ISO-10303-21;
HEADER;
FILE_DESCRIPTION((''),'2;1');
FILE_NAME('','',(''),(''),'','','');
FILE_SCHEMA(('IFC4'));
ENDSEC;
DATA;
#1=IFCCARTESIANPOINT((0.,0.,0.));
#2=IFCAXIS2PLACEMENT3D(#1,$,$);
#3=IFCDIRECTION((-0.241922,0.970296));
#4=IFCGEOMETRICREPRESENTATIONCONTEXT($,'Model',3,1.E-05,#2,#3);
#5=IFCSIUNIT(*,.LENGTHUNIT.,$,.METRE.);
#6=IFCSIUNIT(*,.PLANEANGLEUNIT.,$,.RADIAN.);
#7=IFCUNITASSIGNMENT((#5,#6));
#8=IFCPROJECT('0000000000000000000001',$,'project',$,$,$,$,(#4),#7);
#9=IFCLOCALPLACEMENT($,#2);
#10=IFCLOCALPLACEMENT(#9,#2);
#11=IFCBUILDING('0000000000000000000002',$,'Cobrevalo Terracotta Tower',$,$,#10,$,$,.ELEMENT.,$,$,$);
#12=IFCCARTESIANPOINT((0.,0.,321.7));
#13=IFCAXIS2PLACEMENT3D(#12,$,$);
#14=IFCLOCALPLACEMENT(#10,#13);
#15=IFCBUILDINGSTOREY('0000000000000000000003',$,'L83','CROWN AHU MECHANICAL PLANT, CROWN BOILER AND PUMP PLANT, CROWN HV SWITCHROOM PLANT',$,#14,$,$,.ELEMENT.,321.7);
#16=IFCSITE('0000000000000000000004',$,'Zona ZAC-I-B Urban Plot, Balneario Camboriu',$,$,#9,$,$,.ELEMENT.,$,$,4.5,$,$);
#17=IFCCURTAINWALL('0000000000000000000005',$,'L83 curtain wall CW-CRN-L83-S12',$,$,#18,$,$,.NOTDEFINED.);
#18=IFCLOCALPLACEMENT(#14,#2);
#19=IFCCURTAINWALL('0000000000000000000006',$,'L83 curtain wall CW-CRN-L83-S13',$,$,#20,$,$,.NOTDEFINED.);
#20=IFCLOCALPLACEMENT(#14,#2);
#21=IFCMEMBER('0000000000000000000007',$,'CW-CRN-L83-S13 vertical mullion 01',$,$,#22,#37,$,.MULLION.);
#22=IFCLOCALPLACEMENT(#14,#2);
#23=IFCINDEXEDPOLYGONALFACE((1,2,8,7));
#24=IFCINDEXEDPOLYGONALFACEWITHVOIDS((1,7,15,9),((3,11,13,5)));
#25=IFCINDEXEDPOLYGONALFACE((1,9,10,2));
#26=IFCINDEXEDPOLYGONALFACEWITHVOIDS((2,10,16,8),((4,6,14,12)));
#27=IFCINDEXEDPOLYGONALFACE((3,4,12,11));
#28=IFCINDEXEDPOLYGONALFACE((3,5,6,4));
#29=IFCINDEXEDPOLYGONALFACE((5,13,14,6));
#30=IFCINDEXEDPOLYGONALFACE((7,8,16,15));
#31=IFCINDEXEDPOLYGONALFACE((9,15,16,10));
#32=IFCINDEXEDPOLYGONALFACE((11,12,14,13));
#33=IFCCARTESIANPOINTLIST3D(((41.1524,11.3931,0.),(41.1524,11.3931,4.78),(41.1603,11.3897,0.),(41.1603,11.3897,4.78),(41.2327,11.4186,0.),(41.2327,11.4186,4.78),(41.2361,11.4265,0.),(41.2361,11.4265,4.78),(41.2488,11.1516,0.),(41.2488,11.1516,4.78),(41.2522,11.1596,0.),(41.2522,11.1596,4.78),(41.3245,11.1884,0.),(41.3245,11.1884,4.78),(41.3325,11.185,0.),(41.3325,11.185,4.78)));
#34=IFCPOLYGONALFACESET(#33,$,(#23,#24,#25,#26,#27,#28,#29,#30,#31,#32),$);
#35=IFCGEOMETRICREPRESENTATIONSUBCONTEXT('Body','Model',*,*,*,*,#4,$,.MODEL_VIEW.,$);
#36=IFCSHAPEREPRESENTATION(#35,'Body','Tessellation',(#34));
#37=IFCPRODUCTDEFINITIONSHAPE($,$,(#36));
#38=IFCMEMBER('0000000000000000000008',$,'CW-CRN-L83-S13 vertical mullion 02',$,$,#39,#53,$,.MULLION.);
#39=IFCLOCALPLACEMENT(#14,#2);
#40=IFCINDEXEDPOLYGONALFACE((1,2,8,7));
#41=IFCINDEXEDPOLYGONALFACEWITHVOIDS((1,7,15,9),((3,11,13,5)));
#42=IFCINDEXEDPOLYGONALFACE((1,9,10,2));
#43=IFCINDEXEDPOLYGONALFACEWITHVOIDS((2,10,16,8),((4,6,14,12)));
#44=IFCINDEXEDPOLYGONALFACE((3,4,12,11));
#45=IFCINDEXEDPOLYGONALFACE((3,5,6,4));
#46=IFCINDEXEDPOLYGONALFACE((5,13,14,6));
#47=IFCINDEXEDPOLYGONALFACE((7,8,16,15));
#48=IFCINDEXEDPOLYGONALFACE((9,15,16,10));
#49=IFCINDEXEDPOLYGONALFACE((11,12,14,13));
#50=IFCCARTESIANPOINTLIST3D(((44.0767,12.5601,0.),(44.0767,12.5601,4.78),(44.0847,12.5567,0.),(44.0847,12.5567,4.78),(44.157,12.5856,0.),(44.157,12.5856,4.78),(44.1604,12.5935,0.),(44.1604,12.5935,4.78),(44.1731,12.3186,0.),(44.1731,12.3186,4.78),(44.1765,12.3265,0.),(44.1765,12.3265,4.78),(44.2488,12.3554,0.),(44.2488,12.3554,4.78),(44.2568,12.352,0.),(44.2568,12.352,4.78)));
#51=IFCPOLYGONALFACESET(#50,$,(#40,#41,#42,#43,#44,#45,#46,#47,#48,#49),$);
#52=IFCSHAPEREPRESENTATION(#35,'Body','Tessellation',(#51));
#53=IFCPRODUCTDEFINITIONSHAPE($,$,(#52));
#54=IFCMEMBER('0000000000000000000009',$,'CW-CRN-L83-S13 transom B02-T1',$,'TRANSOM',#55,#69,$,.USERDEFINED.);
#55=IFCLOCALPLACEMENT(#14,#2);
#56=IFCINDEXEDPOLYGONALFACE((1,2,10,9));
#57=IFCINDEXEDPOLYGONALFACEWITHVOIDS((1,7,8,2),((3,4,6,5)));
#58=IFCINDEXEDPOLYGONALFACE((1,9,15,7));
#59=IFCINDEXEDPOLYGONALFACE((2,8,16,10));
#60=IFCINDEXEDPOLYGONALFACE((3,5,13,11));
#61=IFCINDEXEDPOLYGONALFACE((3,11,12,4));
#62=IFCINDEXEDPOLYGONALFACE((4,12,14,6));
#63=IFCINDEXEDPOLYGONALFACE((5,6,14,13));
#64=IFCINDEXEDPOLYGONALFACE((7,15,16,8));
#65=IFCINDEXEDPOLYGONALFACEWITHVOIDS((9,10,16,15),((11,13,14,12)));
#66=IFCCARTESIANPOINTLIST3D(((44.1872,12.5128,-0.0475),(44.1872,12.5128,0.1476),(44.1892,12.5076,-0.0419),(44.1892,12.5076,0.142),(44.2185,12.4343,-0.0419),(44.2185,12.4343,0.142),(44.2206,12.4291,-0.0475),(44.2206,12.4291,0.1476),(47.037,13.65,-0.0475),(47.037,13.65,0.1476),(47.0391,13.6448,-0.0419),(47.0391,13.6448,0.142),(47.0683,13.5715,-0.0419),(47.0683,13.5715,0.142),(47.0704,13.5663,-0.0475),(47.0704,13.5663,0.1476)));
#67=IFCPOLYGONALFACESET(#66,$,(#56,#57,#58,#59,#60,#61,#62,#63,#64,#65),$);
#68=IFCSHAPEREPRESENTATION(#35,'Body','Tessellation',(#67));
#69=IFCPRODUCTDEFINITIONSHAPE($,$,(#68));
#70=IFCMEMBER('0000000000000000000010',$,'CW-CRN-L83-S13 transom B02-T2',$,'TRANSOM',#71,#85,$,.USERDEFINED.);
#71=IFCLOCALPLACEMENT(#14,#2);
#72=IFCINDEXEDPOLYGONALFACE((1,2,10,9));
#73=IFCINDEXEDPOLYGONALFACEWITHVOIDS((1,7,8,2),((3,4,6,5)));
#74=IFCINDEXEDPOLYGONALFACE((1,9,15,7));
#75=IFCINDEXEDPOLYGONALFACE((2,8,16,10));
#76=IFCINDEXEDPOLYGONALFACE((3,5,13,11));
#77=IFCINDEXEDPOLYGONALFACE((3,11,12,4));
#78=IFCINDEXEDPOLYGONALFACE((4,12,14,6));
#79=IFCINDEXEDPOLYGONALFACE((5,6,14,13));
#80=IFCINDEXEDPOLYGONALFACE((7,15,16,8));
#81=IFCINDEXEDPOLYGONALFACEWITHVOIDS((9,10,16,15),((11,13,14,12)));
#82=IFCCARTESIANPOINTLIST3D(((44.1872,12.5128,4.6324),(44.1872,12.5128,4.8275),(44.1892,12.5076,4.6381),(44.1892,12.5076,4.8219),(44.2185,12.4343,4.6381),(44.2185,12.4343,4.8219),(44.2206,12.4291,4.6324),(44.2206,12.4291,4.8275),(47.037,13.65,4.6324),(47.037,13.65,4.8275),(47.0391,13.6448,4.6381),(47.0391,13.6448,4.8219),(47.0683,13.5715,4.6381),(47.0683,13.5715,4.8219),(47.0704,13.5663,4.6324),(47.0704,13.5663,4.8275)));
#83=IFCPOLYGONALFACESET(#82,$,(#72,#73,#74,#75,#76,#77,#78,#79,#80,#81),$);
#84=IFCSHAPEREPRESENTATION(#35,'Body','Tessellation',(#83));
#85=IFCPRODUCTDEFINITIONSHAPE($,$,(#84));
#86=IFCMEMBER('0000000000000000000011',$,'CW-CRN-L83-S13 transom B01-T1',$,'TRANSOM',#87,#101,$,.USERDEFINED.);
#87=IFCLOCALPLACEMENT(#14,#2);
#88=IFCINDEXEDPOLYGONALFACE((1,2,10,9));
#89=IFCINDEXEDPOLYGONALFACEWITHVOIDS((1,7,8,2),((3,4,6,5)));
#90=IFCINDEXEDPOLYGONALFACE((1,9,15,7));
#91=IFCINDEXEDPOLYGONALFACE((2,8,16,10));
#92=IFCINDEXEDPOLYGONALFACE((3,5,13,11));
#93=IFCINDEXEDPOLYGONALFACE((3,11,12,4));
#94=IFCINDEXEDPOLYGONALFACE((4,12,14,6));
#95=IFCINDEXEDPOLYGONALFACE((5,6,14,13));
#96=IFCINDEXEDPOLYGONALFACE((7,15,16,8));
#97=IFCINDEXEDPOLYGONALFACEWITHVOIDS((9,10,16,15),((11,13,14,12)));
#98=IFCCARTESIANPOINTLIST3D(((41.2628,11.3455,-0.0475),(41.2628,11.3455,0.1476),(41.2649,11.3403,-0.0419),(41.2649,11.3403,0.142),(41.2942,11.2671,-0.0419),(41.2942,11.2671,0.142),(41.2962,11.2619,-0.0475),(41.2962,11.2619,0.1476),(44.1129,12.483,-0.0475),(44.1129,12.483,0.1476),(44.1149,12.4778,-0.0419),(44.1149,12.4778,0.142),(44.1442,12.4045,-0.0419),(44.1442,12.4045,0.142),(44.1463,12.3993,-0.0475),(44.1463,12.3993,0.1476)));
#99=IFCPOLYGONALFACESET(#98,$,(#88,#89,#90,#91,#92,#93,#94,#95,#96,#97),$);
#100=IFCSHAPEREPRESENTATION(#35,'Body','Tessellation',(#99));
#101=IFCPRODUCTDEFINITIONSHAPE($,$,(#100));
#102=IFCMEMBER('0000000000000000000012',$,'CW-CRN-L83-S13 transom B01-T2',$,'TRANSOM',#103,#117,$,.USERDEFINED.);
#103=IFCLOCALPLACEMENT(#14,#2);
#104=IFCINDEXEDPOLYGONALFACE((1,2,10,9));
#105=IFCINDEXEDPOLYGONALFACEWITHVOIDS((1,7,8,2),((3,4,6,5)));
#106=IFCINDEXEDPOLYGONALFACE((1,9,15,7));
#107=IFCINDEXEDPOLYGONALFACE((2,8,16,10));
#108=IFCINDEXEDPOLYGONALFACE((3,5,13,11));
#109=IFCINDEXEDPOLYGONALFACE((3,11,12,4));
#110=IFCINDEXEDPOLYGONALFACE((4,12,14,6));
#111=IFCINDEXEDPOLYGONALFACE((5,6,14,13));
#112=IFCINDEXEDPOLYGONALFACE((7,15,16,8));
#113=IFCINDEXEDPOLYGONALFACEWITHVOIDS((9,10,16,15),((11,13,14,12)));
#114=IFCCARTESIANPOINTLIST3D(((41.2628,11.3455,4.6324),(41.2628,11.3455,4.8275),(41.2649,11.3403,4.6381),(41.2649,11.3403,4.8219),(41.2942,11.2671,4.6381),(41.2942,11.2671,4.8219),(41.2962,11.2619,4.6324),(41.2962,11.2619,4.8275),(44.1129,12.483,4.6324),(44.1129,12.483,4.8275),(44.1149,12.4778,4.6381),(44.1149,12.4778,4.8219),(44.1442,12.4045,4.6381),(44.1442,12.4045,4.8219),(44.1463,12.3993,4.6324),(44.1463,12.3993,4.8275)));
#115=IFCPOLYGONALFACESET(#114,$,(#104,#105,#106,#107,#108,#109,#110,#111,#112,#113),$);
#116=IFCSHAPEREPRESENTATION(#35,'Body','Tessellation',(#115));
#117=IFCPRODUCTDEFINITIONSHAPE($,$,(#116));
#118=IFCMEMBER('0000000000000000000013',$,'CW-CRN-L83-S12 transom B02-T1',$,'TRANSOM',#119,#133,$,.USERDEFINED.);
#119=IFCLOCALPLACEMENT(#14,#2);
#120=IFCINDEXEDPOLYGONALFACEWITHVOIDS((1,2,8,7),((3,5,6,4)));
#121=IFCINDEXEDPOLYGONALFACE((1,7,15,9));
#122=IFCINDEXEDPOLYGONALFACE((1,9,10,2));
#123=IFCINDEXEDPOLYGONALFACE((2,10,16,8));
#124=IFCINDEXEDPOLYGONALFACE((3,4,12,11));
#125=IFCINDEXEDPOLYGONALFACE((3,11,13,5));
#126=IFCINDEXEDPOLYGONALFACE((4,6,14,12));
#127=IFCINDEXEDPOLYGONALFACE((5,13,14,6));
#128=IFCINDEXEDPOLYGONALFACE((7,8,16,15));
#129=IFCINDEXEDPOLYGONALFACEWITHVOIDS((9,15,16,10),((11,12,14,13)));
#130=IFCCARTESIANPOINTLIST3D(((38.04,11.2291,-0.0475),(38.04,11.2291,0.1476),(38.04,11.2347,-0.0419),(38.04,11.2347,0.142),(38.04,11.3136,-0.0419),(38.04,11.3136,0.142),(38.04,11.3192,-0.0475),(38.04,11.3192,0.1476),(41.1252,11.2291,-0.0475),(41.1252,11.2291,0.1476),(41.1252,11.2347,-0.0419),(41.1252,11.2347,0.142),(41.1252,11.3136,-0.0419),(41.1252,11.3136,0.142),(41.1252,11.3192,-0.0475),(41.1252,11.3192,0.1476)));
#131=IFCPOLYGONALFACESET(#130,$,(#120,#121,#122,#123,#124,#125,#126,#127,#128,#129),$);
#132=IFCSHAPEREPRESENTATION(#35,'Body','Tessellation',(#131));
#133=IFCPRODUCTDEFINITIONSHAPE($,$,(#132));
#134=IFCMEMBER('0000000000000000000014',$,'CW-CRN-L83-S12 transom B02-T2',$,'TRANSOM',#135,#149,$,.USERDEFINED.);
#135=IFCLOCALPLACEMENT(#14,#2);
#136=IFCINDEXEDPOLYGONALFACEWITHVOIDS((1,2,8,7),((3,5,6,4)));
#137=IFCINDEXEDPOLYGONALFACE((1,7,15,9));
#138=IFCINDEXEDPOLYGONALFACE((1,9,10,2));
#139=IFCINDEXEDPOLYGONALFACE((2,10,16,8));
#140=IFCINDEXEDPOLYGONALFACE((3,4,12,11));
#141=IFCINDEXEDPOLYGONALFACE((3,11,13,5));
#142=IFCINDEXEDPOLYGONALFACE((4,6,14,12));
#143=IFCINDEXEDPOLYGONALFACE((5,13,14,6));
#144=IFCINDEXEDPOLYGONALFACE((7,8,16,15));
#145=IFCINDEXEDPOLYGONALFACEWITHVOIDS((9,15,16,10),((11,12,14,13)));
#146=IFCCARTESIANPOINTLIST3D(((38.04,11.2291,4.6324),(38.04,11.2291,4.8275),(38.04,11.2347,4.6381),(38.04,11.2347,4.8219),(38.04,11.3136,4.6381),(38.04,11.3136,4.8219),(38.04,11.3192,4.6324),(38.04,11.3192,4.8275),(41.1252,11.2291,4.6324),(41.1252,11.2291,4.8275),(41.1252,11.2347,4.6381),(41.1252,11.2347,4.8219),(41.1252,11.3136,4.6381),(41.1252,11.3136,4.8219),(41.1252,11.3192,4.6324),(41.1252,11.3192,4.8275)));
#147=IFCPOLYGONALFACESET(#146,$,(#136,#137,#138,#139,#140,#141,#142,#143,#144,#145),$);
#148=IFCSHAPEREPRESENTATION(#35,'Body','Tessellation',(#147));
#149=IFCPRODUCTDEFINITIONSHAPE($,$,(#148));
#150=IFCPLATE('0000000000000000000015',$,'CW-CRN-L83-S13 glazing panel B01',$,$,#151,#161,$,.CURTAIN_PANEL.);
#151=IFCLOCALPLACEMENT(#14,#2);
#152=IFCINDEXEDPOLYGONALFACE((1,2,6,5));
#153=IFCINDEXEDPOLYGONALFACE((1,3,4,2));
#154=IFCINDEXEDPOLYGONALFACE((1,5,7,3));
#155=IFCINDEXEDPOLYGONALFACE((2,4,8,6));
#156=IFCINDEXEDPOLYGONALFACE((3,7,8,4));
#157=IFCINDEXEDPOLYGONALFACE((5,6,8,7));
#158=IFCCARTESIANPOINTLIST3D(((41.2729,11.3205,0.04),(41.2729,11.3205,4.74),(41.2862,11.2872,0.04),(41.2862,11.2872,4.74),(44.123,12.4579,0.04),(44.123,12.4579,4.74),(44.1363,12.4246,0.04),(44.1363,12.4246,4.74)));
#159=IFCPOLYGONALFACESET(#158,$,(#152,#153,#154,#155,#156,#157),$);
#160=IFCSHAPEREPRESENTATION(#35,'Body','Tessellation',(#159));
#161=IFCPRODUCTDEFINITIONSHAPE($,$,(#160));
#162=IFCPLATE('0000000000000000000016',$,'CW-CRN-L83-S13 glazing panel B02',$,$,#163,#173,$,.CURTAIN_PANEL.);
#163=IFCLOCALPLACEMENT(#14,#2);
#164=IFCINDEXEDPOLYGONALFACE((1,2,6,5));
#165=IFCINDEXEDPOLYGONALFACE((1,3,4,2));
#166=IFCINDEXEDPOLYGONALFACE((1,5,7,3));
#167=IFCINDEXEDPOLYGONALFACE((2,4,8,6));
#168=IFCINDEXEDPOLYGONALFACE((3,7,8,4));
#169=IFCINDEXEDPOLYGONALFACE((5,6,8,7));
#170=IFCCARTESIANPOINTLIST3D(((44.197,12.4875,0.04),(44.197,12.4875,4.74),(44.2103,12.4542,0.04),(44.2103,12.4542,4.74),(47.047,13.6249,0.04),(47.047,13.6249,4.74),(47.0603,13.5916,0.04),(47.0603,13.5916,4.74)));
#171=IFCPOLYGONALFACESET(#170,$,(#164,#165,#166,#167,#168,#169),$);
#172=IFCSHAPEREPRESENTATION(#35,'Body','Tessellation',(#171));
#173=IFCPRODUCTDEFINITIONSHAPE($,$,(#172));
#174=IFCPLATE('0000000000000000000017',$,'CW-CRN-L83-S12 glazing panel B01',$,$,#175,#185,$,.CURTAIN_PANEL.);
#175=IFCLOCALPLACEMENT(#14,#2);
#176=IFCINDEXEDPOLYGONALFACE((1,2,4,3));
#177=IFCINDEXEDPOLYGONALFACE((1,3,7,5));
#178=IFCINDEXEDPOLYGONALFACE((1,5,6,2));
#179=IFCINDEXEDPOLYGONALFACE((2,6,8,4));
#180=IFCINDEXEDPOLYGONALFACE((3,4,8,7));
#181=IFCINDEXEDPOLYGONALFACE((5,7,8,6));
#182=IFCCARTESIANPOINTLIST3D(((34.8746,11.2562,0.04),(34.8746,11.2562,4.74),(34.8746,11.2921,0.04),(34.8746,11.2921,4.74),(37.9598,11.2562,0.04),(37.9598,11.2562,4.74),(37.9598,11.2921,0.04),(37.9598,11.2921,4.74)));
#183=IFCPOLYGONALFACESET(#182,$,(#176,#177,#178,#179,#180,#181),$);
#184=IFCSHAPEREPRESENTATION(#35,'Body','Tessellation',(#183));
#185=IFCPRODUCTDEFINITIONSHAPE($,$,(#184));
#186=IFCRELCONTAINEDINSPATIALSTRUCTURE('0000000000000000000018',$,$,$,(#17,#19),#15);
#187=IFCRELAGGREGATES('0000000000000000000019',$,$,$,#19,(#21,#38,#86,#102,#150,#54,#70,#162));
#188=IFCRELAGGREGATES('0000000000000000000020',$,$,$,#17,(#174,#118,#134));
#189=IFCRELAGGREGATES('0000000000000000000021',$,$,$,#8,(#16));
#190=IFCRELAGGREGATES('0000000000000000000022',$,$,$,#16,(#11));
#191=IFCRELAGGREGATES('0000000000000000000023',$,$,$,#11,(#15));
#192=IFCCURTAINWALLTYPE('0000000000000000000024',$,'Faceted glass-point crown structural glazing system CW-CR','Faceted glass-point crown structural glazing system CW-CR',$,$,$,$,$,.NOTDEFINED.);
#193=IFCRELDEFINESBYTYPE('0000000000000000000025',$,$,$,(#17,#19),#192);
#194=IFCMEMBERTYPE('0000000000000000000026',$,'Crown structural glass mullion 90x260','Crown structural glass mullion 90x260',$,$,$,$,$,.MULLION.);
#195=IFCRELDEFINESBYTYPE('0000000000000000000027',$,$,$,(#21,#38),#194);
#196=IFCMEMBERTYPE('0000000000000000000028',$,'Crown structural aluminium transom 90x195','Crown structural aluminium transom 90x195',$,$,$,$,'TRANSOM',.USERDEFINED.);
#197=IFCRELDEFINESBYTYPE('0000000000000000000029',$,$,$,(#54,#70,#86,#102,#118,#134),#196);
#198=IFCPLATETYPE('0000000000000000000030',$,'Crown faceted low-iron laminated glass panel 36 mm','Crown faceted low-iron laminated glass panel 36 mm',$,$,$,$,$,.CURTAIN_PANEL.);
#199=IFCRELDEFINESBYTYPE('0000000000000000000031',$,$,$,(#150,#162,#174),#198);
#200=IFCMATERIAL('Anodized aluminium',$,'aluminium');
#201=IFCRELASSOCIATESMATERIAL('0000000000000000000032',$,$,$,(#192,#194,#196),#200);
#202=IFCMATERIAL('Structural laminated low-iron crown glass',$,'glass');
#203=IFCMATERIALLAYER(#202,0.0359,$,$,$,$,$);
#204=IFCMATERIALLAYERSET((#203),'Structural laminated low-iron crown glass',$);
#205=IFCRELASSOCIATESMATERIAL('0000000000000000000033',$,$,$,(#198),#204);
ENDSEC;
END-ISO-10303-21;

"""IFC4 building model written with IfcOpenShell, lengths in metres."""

from ifc_helpers import new_model, si_unit, direction, frame, origin, origin_2d, place, context, subcontext, project, spatial, rectangle, hollow_rectangle, extrude, source, transform, mapped, material, layer, layer_set, material_profile, profile_set, type_object, element, aggregate, save


model = new_model("IFC4")

# Units and contexts
model_context = context("Model", 3, precision=1e-05, world=origin(), true_north=direction((-0.241922, 0.970296)))
body_context = subcontext(model_context, "Body", "Model", "MODEL_VIEW")
ifc_project = project(units=[si_unit("LENGTHUNIT", "METRE"), si_unit("PLANEANGLEUNIT", "RADIAN")], contexts=[model_context])

# Site, building, storey
site_placement = place(None, origin())
site = spatial("IfcSite", under=ifc_project, at=site_placement, Name="Zona ZAC-I-B Urban Plot, Balneario Camboriu", CompositionType="ELEMENT", RefElevation=4.5)
building_placement = place(site_placement, origin())
building = spatial("IfcBuilding", under=site, at=building_placement, Name="Cobrevalo Terracotta Tower", CompositionType="ELEMENT")
storey_placement = place(building_placement, frame((0.0, 0.0, 321.7)))
storey = spatial("IfcBuildingStorey", under=building, at=storey_placement, Name="L83", Description="CROWN AHU MECHANICAL PLANT, CROWN BOILER AND PUMP PLANT, CROWN HV SWITCHROOM PLANT", CompositionType="ELEMENT", Elevation=321.7)

# Curtain walls, members
ifc_material_1 = material(Name="Anodized aluminium", Category="aluminium")
curtain_wall_type = type_object("IfcCurtainWallType", Name="Faceted glass-point crown structural glazing system CW-CR", Description="Faceted glass-point crown structural glazing system CW-CR", PredefinedType="NOTDEFINED", material=ifc_material_1)
curtain_wall_1_placement = place(storey_placement, origin())
curtain_wall_1 = element("IfcCurtainWall", 1, at=curtain_wall_1_placement, inside=storey, type_object=curtain_wall_type, Name="L83 curtain wall CW-CRN-L83-S12", PredefinedType="NOTDEFINED")
ifc_material_profile_1 = material_profile(ifc_material_1, hollow_rectangle(XDim=0.0901, YDim=0.26, WallThickness=0.0061, at=origin_2d()), Name="CWM 90x260")
ifc_profile_set_1 = profile_set([ifc_material_profile_1], Name="Anodized aluminium")
member_type_1 = type_object("IfcMemberType", Name="Crown structural glass mullion 90x260", Description="Crown structural glass mullion 90x260", PredefinedType="MULLION", material=ifc_profile_set_1)
shared_shape_1 = source(origin(), body_context, "Body", "SweptSolid", [
    extrude(hollow_rectangle(XDim=0.0901, YDim=0.26, WallThickness=0.0061, at=origin_2d()), origin(), (0.0, 0.0, 1.0), 4.78),
])
curtain_wall_2_placement = place(storey_placement, origin())
curtain_wall_2 = element("IfcCurtainWall", 2, at=curtain_wall_2_placement, inside=storey, type_object=curtain_wall_type, Name="L83 curtain wall CW-CRN-L83-S13", PredefinedType="NOTDEFINED")
member_1_placement = place(storey_placement, frame((41.2424, 11.2891, 0.0), z_axis=(0.0, 0.0, 1.0), x_axis=(0.928771, 0.370655, 0.0)))
member_1 = element("IfcMember", 3, at=member_1_placement, type_object=member_type_1, Name="CW-CRN-L83-S13 vertical mullion 01", PredefinedType="MULLION", context=body_context, shape_type="MappedRepresentation", body=[
    mapped(shared_shape_1, transform((0.0, 0.0, 0.0), scale=1.0)),
])
member_2_placement = place(storey_placement, frame((44.1667, 12.4561, 0.0), z_axis=(0.0, 0.0, 1.0), x_axis=(0.928771, 0.370655, 0.0)))
member_2 = element("IfcMember", 4, at=member_2_placement, type_object=member_type_1, Name="CW-CRN-L83-S13 vertical mullion 02", PredefinedType="MULLION", context=body_context, shape_type="MappedRepresentation", body=[
    mapped(shared_shape_1, transform((0.0, 0.0, 0.0), scale=1.0)),
])
ifc_material_profile_2 = material_profile(ifc_material_1, hollow_rectangle(XDim=0.0901, YDim=0.1951, WallThickness=0.0056, at=origin_2d()), Name="CWT 90x195")
ifc_profile_set_2 = profile_set([ifc_material_profile_2], Name="Anodized aluminium")
member_type_2 = type_object("IfcMemberType", Name="Crown structural aluminium transom 90x195", Description="Crown structural aluminium transom 90x195", ElementType="TRANSOM", PredefinedType="USERDEFINED", material=ifc_profile_set_2)
shared_shape_2 = source(origin(), body_context, "Body", "SweptSolid", [
    extrude(hollow_rectangle(XDim=0.0901, YDim=0.1951, WallThickness=0.0056, at=origin_2d()), origin(), (0.0, 0.0, 1.0), 3.0684),
])
member_3_placement = place(storey_placement, frame((44.2039, 12.4709, 0.05), z_axis=(0.928784, 0.370622, 0.0), x_axis=(-0.370622, 0.928784, 0.0)))
member_3 = element("IfcMember", 5, at=member_3_placement, type_object=member_type_2, Name="CW-CRN-L83-S13 transom B02-T1", ObjectType="TRANSOM", PredefinedType="USERDEFINED", context=body_context, shape_type="MappedRepresentation", body=[
    mapped(shared_shape_2, transform((0.0, 0.0, 0.0), scale=1.0)),
])
member_4_placement = place(storey_placement, frame((44.2039, 12.4709, 4.73), z_axis=(0.928784, 0.370622, 0.0), x_axis=(-0.370622, 0.928784, 0.0)))
member_4 = element("IfcMember", 6, at=member_4_placement, type_object=member_type_2, Name="CW-CRN-L83-S13 transom B02-T2", ObjectType="TRANSOM", PredefinedType="USERDEFINED", context=body_context, shape_type="MappedRepresentation", body=[
    mapped(shared_shape_2, transform((0.0, 0.0, 0.0), scale=1.0)),
])
shared_shape_3 = source(origin(), body_context, "Body", "SweptSolid", [
    extrude(hollow_rectangle(XDim=0.0901, YDim=0.1951, WallThickness=0.0056, at=origin_2d()), origin(), (0.0, 0.0, 1.0), 3.0686),
])
member_5_placement = place(storey_placement, frame((41.2795, 11.3037, 0.05), z_axis=(0.928767, 0.370664, 0.0), x_axis=(-0.370664, 0.928767, 0.0)))
member_5 = element("IfcMember", 7, at=member_5_placement, type_object=member_type_2, Name="CW-CRN-L83-S13 transom B01-T1", ObjectType="TRANSOM", PredefinedType="USERDEFINED", context=body_context, shape_type="MappedRepresentation", body=[
    mapped(shared_shape_3, transform((0.0, 0.0, 0.0), scale=1.0)),
])
member_6_placement = place(storey_placement, frame((41.2795, 11.3037, 4.73), z_axis=(0.928767, 0.370664, 0.0), x_axis=(-0.370664, 0.928767, 0.0)))
member_6 = element("IfcMember", 8, at=member_6_placement, type_object=member_type_2, Name="CW-CRN-L83-S13 transom B01-T2", ObjectType="TRANSOM", PredefinedType="USERDEFINED", context=body_context, shape_type="MappedRepresentation", body=[
    mapped(shared_shape_3, transform((0.0, 0.0, 0.0), scale=1.0)),
])

# Members
shared_shape_4 = source(origin(), body_context, "Body", "SweptSolid", [
    extrude(hollow_rectangle(XDim=0.0901, YDim=0.1951, WallThickness=0.0056, at=origin_2d()), origin(), (0.0, 0.0, 1.0), 3.0852),
])
member_7_placement = place(storey_placement, frame((38.04, 11.2742, 0.05), z_axis=(1.0, 0.0, 0.0), x_axis=(0.0, 1.0, 0.0)))
member_7 = element("IfcMember", 9, at=member_7_placement, type_object=member_type_2, Name="CW-CRN-L83-S12 transom B02-T1", ObjectType="TRANSOM", PredefinedType="USERDEFINED", context=body_context, shape_type="MappedRepresentation", body=[
    mapped(shared_shape_4, transform((0.0, 0.0, 0.0), scale=1.0)),
])
member_8_placement = place(storey_placement, frame((38.04, 11.2742, 4.73), z_axis=(1.0, 0.0, 0.0), x_axis=(0.0, 1.0, 0.0)))
member_8 = element("IfcMember", 10, at=member_8_placement, type_object=member_type_2, Name="CW-CRN-L83-S12 transom B02-T2", ObjectType="TRANSOM", PredefinedType="USERDEFINED", context=body_context, shape_type="MappedRepresentation", body=[
    mapped(shared_shape_4, transform((0.0, 0.0, 0.0), scale=1.0)),
])

# Plates
ifc_material_2 = material(Name="Structural laminated low-iron crown glass", Category="glass")
ifc_layer_1 = layer(ifc_material_2, 0.0359)
ifc_layer_set_1 = layer_set([ifc_layer_1], Name="Structural laminated low-iron crown glass")
plate_type = type_object("IfcPlateType", Name="Crown faceted low-iron laminated glass panel 36 mm", Description="Crown faceted low-iron laminated glass panel 36 mm", PredefinedType="CURTAIN_PANEL", material=ifc_layer_set_1)
shared_shape_5 = source(origin(), body_context, "Body", "SweptSolid", [
    extrude(rectangle(XDim=3.0686, YDim=0.0359, at=origin_2d()), origin(), (0.0, 0.0, 1.0), 4.7),
])
plate_1_placement = place(storey_placement, frame((42.7046, 11.8726, 0.04), z_axis=(0.0, 0.0, 1.0), x_axis=(0.928769, 0.37066, 0.0)))
plate_1 = element("IfcPlate", 11, at=plate_1_placement, type_object=plate_type, Name="CW-CRN-L83-S13 glazing panel B01", PredefinedType="CURTAIN_PANEL", context=body_context, shape_type="MappedRepresentation", body=[
    mapped(shared_shape_5, transform((0.0, 0.0, 0.0), scale=1.0)),
])
plate_2_placement = place(storey_placement, frame((45.6287, 13.0396, 0.04), z_axis=(0.0, 0.0, 1.0), x_axis=(0.928769, 0.37066, 0.0)))
plate_2 = element("IfcPlate", 12, at=plate_2_placement, type_object=plate_type, Name="CW-CRN-L83-S13 glazing panel B02", PredefinedType="CURTAIN_PANEL", context=body_context, shape_type="MappedRepresentation", body=[
    mapped(shared_shape_5, transform((0.0, 0.0, 0.0), scale=1.0)),
])
aggregate(curtain_wall_2, [member_1, member_2, member_5, member_6, plate_1, member_3, member_4, plate_2])
shared_shape_6 = source(origin(), body_context, "Body", "SweptSolid", [
    extrude(rectangle(XDim=3.0852, YDim=0.0359, at=origin_2d()), origin(), (0.0, 0.0, 1.0), 4.7),
])
plate_3_placement = place(storey_placement, frame((36.4172, 11.2742, 0.04), z_axis=(0.0, 0.0, 1.0), x_axis=(1.0, 0.0, 0.0)))
plate_3 = element("IfcPlate", 13, at=plate_3_placement, type_object=plate_type, Name="CW-CRN-L83-S12 glazing panel B01", PredefinedType="CURTAIN_PANEL", context=body_context, shape_type="MappedRepresentation", body=[
    mapped(shared_shape_6, transform((0.0, 0.0, 0.0), scale=1.0)),
])
aggregate(curtain_wall_1, [plate_3, member_7, member_8])

save(model, "model.ifc")
